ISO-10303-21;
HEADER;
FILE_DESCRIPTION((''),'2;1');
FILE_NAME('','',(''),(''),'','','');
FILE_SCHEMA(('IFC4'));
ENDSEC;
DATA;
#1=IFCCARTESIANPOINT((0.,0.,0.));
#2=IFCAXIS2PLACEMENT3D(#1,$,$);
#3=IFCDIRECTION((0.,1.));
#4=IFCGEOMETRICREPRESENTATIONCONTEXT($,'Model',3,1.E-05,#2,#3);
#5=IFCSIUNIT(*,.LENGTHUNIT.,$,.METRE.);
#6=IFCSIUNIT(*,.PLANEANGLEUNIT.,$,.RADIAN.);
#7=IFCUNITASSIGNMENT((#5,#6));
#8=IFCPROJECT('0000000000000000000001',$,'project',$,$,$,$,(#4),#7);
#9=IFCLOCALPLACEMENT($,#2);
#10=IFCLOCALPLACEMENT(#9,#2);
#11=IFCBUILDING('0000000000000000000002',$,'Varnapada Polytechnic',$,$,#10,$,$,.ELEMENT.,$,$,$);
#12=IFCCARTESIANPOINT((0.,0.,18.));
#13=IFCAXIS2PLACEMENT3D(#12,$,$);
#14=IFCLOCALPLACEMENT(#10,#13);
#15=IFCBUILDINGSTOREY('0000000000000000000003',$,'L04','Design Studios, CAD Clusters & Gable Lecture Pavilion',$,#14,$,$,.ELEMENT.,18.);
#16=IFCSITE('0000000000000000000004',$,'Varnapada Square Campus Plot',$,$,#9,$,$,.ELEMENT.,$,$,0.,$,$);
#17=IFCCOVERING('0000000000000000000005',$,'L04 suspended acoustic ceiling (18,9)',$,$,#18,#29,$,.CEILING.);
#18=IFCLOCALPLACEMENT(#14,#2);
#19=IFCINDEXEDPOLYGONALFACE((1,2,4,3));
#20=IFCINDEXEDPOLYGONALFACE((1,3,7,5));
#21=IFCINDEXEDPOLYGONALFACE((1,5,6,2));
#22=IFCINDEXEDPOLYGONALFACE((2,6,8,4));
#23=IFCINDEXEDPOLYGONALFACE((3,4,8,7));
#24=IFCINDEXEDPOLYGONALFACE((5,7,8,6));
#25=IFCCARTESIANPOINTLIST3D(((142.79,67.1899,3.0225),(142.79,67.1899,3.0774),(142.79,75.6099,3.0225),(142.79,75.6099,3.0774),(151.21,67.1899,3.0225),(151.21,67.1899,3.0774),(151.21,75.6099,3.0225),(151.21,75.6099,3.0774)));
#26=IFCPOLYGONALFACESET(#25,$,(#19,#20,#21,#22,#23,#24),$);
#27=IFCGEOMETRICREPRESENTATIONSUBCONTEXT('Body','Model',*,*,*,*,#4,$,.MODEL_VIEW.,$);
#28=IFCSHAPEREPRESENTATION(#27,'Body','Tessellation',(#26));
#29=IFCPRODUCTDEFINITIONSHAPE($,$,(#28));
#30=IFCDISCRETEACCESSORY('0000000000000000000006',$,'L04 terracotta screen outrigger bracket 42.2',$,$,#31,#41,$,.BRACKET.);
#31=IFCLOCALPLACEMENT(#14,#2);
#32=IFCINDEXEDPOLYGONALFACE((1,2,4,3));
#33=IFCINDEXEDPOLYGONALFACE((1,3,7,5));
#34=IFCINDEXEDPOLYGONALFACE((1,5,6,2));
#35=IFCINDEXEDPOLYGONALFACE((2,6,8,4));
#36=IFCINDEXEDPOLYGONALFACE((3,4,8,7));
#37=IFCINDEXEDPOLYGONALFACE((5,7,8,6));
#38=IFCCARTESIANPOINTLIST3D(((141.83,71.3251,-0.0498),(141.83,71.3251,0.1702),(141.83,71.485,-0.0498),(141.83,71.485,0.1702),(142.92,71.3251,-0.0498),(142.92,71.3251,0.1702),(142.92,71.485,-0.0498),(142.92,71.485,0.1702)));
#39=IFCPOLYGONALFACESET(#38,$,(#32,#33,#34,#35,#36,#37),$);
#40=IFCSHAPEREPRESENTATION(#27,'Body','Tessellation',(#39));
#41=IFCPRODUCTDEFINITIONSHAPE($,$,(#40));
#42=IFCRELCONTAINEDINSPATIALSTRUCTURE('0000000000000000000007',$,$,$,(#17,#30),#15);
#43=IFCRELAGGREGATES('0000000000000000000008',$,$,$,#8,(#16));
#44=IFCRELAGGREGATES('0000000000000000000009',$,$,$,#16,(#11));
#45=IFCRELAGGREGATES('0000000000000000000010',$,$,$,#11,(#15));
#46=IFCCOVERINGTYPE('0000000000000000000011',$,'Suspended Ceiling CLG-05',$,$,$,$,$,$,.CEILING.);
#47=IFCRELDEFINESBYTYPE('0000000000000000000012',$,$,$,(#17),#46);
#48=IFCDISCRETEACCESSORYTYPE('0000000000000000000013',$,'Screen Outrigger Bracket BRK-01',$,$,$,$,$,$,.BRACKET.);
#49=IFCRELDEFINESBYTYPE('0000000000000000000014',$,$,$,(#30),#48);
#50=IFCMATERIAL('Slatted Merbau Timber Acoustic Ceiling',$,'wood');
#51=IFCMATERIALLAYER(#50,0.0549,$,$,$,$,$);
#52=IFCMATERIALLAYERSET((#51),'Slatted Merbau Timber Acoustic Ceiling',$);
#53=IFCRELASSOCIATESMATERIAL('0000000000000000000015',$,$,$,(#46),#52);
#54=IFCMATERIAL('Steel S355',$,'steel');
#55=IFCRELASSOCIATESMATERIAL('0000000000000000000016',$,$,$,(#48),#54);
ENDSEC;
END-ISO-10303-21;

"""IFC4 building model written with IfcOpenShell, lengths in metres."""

from ifc_helpers import new_model, si_unit, direction, frame, origin, origin_2d, place, context, subcontext, project, spatial, rectangle, extrude, material, layer, layer_set, type_object, element, save


model = new_model("IFC4")

# Units and contexts
model_context = context("Model", 3, precision=1e-05, world=origin(), true_north=direction((0.0, 1.0)))
body_context = subcontext(model_context, "Body", "Model", "MODEL_VIEW")
ifc_project = project(units=[si_unit("LENGTHUNIT", "METRE"), si_unit("PLANEANGLEUNIT", "RADIAN")], contexts=[model_context])

# Site, building, storey
site_placement = place(None, origin())
site = spatial("IfcSite", under=ifc_project, at=site_placement, Name="Varnapada Square Campus Plot", CompositionType="ELEMENT", RefElevation=0.0)
building_placement = place(site_placement, origin())
building = spatial("IfcBuilding", under=site, at=building_placement, Name="Varnapada Polytechnic", CompositionType="ELEMENT")
storey_placement = place(building_placement, frame((0.0, 0.0, 18.0)))
storey = spatial("IfcBuildingStorey", under=building, at=storey_placement, Name="L04", Description="Design Studios, CAD Clusters & Gable Lecture Pavilion", CompositionType="ELEMENT", Elevation=18.0)

# Covering
ifc_material_1 = material(Name="Slatted Merbau Timber Acoustic Ceiling", Category="wood")
ifc_layer_1 = layer(ifc_material_1, 0.0549)
ifc_layer_set_1 = layer_set([ifc_layer_1], Name="Slatted Merbau Timber Acoustic Ceiling")
covering_type = type_object("IfcCoveringType", Name="Suspended Ceiling CLG-05", PredefinedType="CEILING", material=ifc_layer_set_1)
covering_placement = place(storey_placement, frame((147.0, 71.3999, 3.0225), z_axis=(0.0, 0.0, 1.0), x_axis=(1.0, 0.0, 0.0)))
element("IfcCovering", 1, at=covering_placement, inside=storey, type_object=covering_type, Name="L04 suspended acoustic ceiling (18,9)", PredefinedType="CEILING", context=body_context, shape_type="SweptSolid", body=[
    extrude(rectangle(XDim=8.4199, YDim=8.4199, at=origin_2d()), origin(), (0.0, 0.0, 1.0), 0.0549),
])

# Discrete accessory
ifc_material_2 = material(Name="Steel S355", Category="steel")
discrete_accessory_type = type_object("IfcDiscreteAccessoryType", Name="Screen Outrigger Bracket BRK-01", PredefinedType="BRACKET", material=ifc_material_2)
discrete_accessory_placement = place(storey_placement, frame((142.375, 71.405, -0.0498), z_axis=(0.0, 0.0, 1.0), x_axis=(0.0, 1.0, 0.0)))
element("IfcDiscreteAccessory", 2, at=discrete_accessory_placement, inside=storey, type_object=discrete_accessory_type, Name="L04 terracotta screen outrigger bracket 42.2", PredefinedType="BRACKET", context=body_context, shape_type="SweptSolid", body=[
    extrude(rectangle(XDim=0.1599, YDim=1.0901, at=origin_2d()), origin(), (0.0, 0.0, 1.0), 0.22),
])

save(model, "model.ifc")
